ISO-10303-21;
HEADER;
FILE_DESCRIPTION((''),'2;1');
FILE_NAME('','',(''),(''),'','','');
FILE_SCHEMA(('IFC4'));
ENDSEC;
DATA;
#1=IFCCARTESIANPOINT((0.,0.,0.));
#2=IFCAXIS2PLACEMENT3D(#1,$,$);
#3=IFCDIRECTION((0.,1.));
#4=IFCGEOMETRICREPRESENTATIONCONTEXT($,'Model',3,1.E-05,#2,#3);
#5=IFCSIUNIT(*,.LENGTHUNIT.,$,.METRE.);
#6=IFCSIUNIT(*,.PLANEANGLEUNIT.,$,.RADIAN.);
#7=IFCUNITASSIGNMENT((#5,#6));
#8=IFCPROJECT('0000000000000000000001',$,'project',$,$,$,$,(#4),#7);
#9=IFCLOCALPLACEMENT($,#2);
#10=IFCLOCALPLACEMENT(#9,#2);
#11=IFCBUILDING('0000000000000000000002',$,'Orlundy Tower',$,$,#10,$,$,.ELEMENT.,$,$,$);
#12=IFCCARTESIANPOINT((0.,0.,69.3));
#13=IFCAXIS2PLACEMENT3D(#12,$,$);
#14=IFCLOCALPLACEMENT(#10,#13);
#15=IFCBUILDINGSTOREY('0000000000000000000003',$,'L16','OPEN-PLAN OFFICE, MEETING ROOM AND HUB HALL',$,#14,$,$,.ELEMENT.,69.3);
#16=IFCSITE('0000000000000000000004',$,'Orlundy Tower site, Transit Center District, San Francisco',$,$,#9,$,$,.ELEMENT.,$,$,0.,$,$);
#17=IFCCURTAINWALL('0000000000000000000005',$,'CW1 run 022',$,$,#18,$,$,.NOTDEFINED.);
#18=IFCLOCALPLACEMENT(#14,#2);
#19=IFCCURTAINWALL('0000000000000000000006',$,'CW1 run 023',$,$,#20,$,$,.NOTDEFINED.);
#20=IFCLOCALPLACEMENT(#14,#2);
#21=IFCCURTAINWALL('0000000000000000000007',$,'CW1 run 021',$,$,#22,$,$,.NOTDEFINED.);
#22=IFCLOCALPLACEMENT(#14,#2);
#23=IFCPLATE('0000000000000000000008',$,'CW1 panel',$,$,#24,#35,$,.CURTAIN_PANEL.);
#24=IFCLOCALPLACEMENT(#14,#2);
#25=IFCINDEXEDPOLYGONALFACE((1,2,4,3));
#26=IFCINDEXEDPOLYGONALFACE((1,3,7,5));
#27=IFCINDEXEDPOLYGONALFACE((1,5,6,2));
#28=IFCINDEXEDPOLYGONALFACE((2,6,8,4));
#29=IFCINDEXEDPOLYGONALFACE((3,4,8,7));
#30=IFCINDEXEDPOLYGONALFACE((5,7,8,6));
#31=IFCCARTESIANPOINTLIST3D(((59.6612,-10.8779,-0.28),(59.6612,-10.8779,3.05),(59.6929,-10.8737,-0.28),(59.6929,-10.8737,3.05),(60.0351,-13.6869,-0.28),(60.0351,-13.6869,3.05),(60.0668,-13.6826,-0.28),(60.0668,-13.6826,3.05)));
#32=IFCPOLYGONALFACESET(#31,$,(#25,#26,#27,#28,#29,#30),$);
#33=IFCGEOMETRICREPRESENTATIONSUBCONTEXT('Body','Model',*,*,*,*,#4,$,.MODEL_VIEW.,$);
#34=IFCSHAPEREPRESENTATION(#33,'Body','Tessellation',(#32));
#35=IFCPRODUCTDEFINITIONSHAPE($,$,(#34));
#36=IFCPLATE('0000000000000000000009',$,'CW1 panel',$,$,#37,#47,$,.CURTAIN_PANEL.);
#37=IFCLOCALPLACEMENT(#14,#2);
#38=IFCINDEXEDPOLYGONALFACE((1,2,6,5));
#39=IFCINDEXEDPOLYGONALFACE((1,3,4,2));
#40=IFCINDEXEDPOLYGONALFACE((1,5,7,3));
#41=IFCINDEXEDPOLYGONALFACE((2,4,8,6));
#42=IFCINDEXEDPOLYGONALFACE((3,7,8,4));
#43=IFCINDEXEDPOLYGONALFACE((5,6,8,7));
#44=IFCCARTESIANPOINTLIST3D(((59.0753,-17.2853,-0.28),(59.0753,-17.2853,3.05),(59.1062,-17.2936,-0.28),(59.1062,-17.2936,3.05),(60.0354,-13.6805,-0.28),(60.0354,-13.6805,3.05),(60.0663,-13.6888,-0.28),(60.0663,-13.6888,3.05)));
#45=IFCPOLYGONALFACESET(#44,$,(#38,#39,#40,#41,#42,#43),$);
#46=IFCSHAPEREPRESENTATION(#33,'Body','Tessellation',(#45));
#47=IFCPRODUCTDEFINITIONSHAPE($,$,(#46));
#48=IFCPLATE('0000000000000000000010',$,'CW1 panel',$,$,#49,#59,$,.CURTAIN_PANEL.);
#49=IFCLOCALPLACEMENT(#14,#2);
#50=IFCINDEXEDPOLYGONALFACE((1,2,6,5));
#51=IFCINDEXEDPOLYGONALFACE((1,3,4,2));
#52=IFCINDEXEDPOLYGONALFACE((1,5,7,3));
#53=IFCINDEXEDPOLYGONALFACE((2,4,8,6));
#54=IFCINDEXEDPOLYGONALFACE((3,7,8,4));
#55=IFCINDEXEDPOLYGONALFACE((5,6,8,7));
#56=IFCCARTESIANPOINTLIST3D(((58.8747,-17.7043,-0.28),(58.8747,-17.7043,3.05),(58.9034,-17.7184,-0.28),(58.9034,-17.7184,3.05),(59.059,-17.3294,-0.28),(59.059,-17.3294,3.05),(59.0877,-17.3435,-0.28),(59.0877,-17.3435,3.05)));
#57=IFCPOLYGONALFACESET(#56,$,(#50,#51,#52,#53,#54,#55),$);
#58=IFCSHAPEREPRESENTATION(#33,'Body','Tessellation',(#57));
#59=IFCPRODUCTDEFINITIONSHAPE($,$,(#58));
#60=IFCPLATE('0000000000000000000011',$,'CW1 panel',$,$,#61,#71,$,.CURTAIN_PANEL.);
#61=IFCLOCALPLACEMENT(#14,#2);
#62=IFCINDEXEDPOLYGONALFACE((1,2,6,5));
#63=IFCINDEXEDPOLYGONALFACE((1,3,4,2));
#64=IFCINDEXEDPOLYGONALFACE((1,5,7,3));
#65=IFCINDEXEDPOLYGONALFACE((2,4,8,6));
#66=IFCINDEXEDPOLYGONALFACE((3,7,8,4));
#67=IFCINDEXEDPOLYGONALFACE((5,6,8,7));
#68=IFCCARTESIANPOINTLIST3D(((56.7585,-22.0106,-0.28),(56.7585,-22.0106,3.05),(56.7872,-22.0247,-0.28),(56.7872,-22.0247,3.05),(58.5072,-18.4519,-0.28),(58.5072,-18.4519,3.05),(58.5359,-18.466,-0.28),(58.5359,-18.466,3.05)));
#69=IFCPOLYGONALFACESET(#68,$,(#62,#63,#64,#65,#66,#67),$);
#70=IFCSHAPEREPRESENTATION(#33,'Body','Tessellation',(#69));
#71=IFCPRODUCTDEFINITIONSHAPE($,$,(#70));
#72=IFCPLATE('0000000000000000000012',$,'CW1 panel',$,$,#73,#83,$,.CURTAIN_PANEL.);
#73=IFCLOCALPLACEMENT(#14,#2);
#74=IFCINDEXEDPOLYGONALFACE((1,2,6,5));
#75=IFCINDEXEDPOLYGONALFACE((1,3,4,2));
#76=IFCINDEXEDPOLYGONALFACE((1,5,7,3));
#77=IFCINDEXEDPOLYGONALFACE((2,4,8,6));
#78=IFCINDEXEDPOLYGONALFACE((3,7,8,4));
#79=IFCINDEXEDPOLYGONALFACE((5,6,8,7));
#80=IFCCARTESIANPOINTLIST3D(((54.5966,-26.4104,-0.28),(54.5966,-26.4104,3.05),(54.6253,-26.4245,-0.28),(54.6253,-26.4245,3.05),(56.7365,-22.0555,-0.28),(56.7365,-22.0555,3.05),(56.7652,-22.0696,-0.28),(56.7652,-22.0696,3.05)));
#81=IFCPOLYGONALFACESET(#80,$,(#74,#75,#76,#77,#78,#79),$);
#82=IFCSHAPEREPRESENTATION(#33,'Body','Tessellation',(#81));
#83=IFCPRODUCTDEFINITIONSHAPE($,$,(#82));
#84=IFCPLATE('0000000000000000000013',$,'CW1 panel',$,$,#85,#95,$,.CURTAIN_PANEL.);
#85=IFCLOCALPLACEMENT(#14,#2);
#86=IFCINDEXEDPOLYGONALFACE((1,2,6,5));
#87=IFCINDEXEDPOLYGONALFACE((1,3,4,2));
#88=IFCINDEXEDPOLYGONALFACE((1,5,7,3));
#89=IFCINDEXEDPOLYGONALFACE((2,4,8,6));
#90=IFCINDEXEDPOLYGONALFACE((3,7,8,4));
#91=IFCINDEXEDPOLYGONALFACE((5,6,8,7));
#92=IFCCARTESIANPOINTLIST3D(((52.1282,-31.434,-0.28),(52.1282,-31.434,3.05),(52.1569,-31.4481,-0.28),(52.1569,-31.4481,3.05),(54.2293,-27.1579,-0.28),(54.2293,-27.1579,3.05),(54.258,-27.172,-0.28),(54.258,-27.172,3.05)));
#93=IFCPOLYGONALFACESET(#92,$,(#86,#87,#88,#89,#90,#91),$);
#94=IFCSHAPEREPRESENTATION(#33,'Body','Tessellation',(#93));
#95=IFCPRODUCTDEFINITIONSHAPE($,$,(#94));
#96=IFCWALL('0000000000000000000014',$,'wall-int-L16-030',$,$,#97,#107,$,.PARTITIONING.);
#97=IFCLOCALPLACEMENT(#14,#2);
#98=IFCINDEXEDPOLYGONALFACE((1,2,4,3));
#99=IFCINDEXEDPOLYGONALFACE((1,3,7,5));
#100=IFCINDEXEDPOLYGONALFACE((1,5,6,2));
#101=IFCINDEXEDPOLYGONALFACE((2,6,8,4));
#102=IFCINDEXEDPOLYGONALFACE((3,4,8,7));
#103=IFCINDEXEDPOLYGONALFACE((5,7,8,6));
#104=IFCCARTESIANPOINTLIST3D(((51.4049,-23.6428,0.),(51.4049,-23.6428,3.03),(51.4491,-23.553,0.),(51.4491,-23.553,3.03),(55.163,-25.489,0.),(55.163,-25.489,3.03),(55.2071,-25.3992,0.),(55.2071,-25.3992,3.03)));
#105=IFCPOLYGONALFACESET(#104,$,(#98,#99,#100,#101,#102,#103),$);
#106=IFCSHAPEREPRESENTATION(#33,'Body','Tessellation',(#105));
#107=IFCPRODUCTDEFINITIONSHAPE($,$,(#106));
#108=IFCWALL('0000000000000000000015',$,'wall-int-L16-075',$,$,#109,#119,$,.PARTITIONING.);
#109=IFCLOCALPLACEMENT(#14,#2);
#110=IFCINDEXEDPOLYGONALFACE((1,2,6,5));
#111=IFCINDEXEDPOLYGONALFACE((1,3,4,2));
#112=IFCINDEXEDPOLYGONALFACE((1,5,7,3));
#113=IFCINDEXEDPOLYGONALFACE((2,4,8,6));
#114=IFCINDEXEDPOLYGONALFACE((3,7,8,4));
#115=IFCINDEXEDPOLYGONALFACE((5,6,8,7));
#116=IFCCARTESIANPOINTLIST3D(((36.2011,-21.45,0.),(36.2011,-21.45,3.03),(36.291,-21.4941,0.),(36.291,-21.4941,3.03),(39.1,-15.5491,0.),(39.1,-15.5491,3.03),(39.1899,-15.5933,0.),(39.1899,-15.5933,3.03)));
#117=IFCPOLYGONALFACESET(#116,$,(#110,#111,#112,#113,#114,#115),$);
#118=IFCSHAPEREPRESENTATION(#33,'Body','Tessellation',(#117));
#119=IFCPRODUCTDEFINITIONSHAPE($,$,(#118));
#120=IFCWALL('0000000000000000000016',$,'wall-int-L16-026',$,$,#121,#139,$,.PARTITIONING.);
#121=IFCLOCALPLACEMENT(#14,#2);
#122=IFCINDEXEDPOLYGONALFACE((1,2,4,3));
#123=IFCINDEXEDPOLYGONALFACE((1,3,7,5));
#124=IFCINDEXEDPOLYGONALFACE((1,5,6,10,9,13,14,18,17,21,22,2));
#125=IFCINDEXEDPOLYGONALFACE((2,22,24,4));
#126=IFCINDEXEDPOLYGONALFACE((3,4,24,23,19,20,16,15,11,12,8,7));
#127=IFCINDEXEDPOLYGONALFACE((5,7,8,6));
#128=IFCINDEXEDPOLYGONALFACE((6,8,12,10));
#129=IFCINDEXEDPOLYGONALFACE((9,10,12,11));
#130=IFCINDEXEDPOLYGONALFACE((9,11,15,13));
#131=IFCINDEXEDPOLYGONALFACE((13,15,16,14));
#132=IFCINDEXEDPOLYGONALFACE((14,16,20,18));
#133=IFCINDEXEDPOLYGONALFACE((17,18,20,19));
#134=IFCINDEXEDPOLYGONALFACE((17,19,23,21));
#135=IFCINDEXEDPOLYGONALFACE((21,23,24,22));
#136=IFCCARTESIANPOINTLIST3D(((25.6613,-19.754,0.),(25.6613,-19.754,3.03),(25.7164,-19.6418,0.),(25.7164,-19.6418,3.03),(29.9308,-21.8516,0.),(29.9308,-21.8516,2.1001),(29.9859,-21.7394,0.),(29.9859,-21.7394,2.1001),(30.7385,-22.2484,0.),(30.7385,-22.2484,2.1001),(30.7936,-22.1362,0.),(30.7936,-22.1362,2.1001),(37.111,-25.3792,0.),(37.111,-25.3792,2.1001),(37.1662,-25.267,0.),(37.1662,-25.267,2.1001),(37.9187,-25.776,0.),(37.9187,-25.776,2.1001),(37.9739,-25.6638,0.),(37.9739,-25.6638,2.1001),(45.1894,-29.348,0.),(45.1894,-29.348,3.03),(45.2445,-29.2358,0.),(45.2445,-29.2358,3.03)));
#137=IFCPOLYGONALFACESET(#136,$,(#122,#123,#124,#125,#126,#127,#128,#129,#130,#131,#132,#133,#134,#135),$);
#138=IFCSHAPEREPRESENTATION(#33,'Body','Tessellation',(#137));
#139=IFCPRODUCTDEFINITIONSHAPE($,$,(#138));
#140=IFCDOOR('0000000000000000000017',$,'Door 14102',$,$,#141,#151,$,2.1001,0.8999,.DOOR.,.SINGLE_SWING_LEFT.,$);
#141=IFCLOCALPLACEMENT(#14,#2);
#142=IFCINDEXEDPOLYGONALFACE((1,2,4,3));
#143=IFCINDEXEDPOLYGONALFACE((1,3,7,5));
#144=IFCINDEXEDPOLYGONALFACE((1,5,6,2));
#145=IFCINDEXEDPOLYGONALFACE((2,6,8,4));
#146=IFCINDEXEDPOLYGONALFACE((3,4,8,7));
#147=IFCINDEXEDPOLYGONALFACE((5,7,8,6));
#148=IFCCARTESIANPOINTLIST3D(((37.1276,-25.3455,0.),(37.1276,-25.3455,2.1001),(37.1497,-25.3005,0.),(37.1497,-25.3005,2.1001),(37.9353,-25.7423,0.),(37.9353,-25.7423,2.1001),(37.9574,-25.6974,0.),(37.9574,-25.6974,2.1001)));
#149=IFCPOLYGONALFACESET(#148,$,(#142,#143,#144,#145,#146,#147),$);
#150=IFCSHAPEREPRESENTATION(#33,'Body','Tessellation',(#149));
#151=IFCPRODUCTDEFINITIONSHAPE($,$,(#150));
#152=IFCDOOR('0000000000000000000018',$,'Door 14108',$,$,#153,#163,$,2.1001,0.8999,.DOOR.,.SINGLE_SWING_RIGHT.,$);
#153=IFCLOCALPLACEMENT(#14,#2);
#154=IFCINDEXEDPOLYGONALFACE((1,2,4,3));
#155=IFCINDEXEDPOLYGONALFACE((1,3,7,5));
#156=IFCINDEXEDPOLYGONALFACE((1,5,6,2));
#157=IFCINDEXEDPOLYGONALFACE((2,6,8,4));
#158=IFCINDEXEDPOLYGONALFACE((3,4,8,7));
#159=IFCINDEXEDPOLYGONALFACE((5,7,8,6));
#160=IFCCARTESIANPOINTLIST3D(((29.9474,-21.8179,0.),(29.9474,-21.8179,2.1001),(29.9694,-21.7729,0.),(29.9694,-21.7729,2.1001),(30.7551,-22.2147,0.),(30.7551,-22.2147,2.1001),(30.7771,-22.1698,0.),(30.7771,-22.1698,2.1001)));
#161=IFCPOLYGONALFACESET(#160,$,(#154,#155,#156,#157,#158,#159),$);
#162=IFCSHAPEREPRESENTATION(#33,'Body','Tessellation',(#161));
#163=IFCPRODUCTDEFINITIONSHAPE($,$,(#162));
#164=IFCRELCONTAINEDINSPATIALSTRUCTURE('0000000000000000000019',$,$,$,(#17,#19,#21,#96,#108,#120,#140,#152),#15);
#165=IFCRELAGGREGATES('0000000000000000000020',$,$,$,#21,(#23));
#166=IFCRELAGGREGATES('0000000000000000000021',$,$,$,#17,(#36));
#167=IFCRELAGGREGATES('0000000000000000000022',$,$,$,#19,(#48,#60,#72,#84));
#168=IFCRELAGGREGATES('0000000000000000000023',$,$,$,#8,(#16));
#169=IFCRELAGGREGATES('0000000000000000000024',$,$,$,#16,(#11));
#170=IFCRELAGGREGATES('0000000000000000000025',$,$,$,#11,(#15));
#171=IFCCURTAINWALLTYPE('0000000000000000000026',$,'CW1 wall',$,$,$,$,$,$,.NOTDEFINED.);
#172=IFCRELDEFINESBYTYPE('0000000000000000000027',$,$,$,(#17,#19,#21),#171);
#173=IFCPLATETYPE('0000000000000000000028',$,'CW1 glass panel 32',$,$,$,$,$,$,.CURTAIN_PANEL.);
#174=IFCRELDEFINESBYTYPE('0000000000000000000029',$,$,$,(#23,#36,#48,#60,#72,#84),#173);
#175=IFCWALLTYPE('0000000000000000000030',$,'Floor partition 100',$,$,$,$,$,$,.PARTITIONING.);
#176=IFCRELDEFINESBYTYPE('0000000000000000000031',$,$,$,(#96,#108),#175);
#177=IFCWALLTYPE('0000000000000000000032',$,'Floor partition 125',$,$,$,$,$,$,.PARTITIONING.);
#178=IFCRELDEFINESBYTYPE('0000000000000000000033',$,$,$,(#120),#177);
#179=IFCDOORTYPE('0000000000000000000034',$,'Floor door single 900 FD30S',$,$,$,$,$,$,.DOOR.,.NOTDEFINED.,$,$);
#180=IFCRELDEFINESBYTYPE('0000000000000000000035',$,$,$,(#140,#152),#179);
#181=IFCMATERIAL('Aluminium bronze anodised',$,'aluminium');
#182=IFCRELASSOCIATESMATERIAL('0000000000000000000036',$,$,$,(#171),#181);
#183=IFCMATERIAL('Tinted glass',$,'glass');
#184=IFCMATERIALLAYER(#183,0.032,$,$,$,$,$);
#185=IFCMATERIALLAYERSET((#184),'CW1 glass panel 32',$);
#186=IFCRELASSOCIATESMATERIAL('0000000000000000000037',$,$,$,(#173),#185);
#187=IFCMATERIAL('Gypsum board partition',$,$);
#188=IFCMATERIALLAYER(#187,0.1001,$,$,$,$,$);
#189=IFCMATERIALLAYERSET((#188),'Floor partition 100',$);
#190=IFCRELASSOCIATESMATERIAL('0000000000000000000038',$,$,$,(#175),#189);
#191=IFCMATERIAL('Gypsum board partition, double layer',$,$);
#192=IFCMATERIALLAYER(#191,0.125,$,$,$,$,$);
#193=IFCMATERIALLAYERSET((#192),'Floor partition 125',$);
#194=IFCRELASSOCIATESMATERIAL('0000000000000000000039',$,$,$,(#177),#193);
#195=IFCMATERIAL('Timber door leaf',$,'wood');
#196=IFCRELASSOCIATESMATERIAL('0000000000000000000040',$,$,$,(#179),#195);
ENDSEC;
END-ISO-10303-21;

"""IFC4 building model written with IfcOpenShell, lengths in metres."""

from ifc_helpers import new_model, si_unit, direction, frame, frame_2d, origin, origin_2d, place, context, subcontext, project, spatial, rectangle, extrude, material, layer, layer_set, type_object, element, fill, aggregate, save


model = new_model("IFC4")

# Units and contexts
model_context = context("Model", 3, precision=1e-05, world=origin(), true_north=direction((0.0, 1.0)))
body_context = subcontext(model_context, "Body", "Model", "MODEL_VIEW")
ifc_project = project(units=[si_unit("LENGTHUNIT", "METRE"), si_unit("PLANEANGLEUNIT", "RADIAN")], contexts=[model_context])

# Site, building, storey
site_placement = place(None, origin())
site = spatial("IfcSite", under=ifc_project, at=site_placement, Name="Orlundy Tower site, Transit Center District, San Francisco", CompositionType="ELEMENT", RefElevation=0.0)
building_placement = place(site_placement, origin())
building = spatial("IfcBuilding", under=site, at=building_placement, Name="Orlundy Tower", CompositionType="ELEMENT")
storey_placement = place(building_placement, frame((0.0, 0.0, 69.3)))
storey = spatial("IfcBuildingStorey", under=building, at=storey_placement, Name="L16", Description="OPEN-PLAN OFFICE, MEETING ROOM AND HUB HALL", CompositionType="ELEMENT", Elevation=69.3)

# Curtain wall
ifc_material_1 = material(Name="Aluminium bronze anodised", Category="aluminium")
curtain_wall_type = type_object("IfcCurtainWallType", Name="CW1 wall", PredefinedType="NOTDEFINED", material=ifc_material_1)
curtain_wall_1_placement = place(storey_placement, origin())
curtain_wall_1 = element("IfcCurtainWall", 1, at=curtain_wall_1_placement, inside=storey, type_object=curtain_wall_type, Name="CW1 run 022", PredefinedType="NOTDEFINED")

# Curtain wall
curtain_wall_2_placement = place(storey_placement, origin())
curtain_wall_2 = element("IfcCurtainWall", 2, at=curtain_wall_2_placement, inside=storey, type_object=curtain_wall_type, Name="CW1 run 023", PredefinedType="NOTDEFINED")

# Curtain wall, plate
curtain_wall_3_placement = place(storey_placement, origin())
curtain_wall_3 = element("IfcCurtainWall", 3, at=curtain_wall_3_placement, inside=storey, type_object=curtain_wall_type, Name="CW1 run 021", PredefinedType="NOTDEFINED")
ifc_material_2 = material(Name="Tinted glass", Category="glass")
ifc_layer_1 = layer(ifc_material_2, 0.032)
ifc_layer_set_1 = layer_set([ifc_layer_1], Name="CW1 glass panel 32")
plate_type = type_object("IfcPlateType", Name="CW1 glass panel 32", PredefinedType="CURTAIN_PANEL", material=ifc_layer_set_1)
plate_1_placement = place(storey_placement, frame((59.864, -12.2803, -0.28), z_axis=(0.0, 0.0, 1.0), x_axis=(0.131934, -0.991259, 0.0)))
plate_1 = element("IfcPlate", 4, at=plate_1_placement, type_object=plate_type, Name="CW1 panel", PredefinedType="CURTAIN_PANEL", context=body_context, shape_type="SweptSolid", body=[
    extrude(rectangle(XDim=2.8337, YDim=0.032, at=origin_2d()), origin(), (0.0, 0.0, 1.0), 3.3301),
])
aggregate(curtain_wall_3, [plate_1])

# Plates
plate_2_placement = place(storey_placement, frame((59.5708, -15.4871, -0.28), z_axis=(0.0, 0.0, 1.0), x_axis=(-0.25736, -0.966315, 0.0)))
plate_2 = element("IfcPlate", 5, at=plate_2_placement, type_object=plate_type, Name="CW1 panel", PredefinedType="CURTAIN_PANEL", context=body_context, shape_type="SweptSolid", body=[
    extrude(rectangle(XDim=3.7305, YDim=0.032, at=origin_2d()), origin(), (0.0, 0.0, 1.0), 3.3301),
])
aggregate(curtain_wall_1, [plate_2])
plate_3_placement = place(storey_placement, frame((58.9812, -17.5239, -0.28), z_axis=(0.0, 0.0, 1.0), x_axis=(-0.441012, -0.897501, 0.0)))
plate_3 = element("IfcPlate", 6, at=plate_3_placement, type_object=plate_type, Name="CW1 panel", PredefinedType="CURTAIN_PANEL", context=body_context, shape_type="SweptSolid", body=[
    extrude(rectangle(XDim=0.4177, YDim=0.032, at=origin_2d()), origin(), (0.0, 0.0, 1.0), 3.3301),
])
plate_4_placement = place(storey_placement, frame((57.6472, -20.2383, -0.28), z_axis=(0.0, 0.0, 1.0), x_axis=(-0.441012, -0.897501, 0.0)))
plate_4 = element("IfcPlate", 7, at=plate_4_placement, type_object=plate_type, Name="CW1 panel", PredefinedType="CURTAIN_PANEL", context=body_context, shape_type="SweptSolid", body=[
    extrude(rectangle(XDim=3.9651, YDim=0.032, at=origin_2d()), origin(), (0.0, 0.0, 1.0), 3.3301),
])
plate_5_placement = place(storey_placement, frame((55.6809, -24.24, -0.28), z_axis=(0.0, 0.0, 1.0), x_axis=(-0.441012, -0.897501, 0.0)))
plate_5 = element("IfcPlate", 8, at=plate_5_placement, type_object=plate_type, Name="CW1 panel", PredefinedType="CURTAIN_PANEL", context=body_context, shape_type="SweptSolid", body=[
    extrude(rectangle(XDim=4.8523, YDim=0.032, at=origin_2d()), origin(), (0.0, 0.0, 1.0), 3.3301),
])
plate_6_placement = place(storey_placement, frame((53.1931, -29.303, -0.28), z_axis=(0.0, 0.0, 1.0), x_axis=(-0.441012, -0.897501, 0.0)))
plate_6 = element("IfcPlate", 9, at=plate_6_placement, type_object=plate_type, Name="CW1 panel", PredefinedType="CURTAIN_PANEL", context=body_context, shape_type="SweptSolid", body=[
    extrude(rectangle(XDim=4.7644, YDim=0.032, at=origin_2d()), origin(), (0.0, 0.0, 1.0), 3.3301),
])
aggregate(curtain_wall_2, [plate_3, plate_4, plate_5, plate_6])

# Walls
ifc_material_3 = material(Name="Gypsum board partition")
ifc_layer_2 = layer(ifc_material_3, 0.1001)
ifc_layer_set_2 = layer_set([ifc_layer_2], Name="Floor partition 100")
wall_type_1 = type_object("IfcWallType", Name="Floor partition 100", PredefinedType="PARTITIONING", material=ifc_layer_set_2)
wall_1_placement = place(storey_placement, frame((51.427, -23.5979, 0.0), z_axis=(0.0, 0.0, 1.0), x_axis=(0.897542, -0.440929, 0.0)))
element("IfcWall", 10, at=wall_1_placement, inside=storey, type_object=wall_type_1, Name="wall-int-L16-030", PredefinedType="PARTITIONING", context=body_context, shape_type="SweptSolid", body=[
    extrude(rectangle(XDim=4.187, YDim=0.1001, at=frame_2d((2.0935, 0.0))), origin(), (0.0, 0.0, 1.0), 3.03),
])
wall_2_placement = place(storey_placement, frame((36.2461, -21.4719, 0.0), z_axis=(0.0, 0.0, 1.0), x_axis=(0.440934, 0.897539, 0.0)))
element("IfcWall", 11, at=wall_2_placement, inside=storey, type_object=wall_type_1, Name="wall-int-L16-075", PredefinedType="PARTITIONING", context=body_context, shape_type="SweptSolid", body=[
    extrude(rectangle(XDim=6.5745, YDim=0.1001, at=frame_2d((3.2871, 0.0))), origin(), (0.0, 0.0, 1.0), 3.03),
])

# Wall, openings, doors
ifc_material_4 = material(Name="Gypsum board partition, double layer")
ifc_layer_3 = layer(ifc_material_4, 0.125)
ifc_layer_set_3 = layer_set([ifc_layer_3], Name="Floor partition 125")
wall_type_2 = type_object("IfcWallType", Name="Floor partition 125", PredefinedType="PARTITIONING", material=ifc_layer_set_3)
wall_3_placement = place(storey_placement, frame((45.217, -29.292, 0.0), z_axis=(0.0, 0.0, 1.0), x_axis=(-0.897531, 0.44095, 0.0)))
wall_3 = element("IfcWall", 12, at=wall_3_placement, inside=storey, type_object=wall_type_2, Name="wall-int-L16-026", PredefinedType="PARTITIONING", context=body_context, shape_type="SweptSolid", body=[
    extrude(rectangle(XDim=21.7576, YDim=0.125, at=frame_2d((10.8789, 0.0))), origin(), (0.0, 0.0, 1.0), 3.03),
])
opening_1_placement = place(wall_3_placement, frame((8.1008, 0.0, 0.0)))
opening_1 = element("IfcOpeningElement", 13, at=opening_1_placement, cuts=wall_3, PredefinedType="OPENING", context=body_context, shape_type="SweptSolid", body=[
    extrude(rectangle(XDim=0.8999, YDim=2.1001, at=frame_2d((0.45, 1.05))), frame((0.0, 0.0725, 0.0), z_axis=(0.0, -1.0, 0.0), x_axis=(1.0, 0.0, 0.0)), (0.0, 0.0, 1.0), 0.145),
])
opening_2_placement = place(wall_3_placement, frame((16.1008, 0.0, 0.0)))
opening_2 = element("IfcOpeningElement", 14, at=opening_2_placement, cuts=wall_3, PredefinedType="OPENING", context=body_context, shape_type="SweptSolid", body=[
    extrude(rectangle(XDim=0.8999, YDim=2.1001, at=frame_2d((0.45, 1.05))), frame((0.0, 0.0725, 0.0), z_axis=(0.0, -1.0, 0.0), x_axis=(1.0, 0.0, 0.0)), (0.0, 0.0, 1.0), 0.145),
])
ifc_material_5 = material(Name="Timber door leaf", Category="wood")
door_type = type_object("IfcDoorType", Name="Floor door single 900 FD30S", OperationType="NOTDEFINED", PredefinedType="DOOR", material=ifc_material_5)
door_1_placement = place(opening_1_placement, origin())
door_1 = element("IfcDoor", 15, at=door_1_placement, inside=storey, type_object=door_type, Name="Door 14102", OperationType="SINGLE_SWING_LEFT", OverallHeight=2.1001, OverallWidth=0.8999, PredefinedType="DOOR", context=body_context, shape_type="SweptSolid", body=[
    extrude(rectangle(XDim=0.8999, YDim=2.1001, at=frame_2d((0.45, 1.05))), frame((0.0, 0.0249, 0.0), z_axis=(0.0, -1.0, 0.0), x_axis=(1.0, 0.0, 0.0)), (0.0, 0.0, 1.0), 0.05),
])
fill(opening_1, door_1)
door_2_placement = place(opening_2_placement, origin())
door_2 = element("IfcDoor", 16, at=door_2_placement, inside=storey, type_object=door_type, Name="Door 14108", OperationType="SINGLE_SWING_RIGHT", OverallHeight=2.1001, OverallWidth=0.8999, PredefinedType="DOOR", context=body_context, shape_type="SweptSolid", body=[
    extrude(rectangle(XDim=0.8999, YDim=2.1001, at=frame_2d((0.45, 1.05))), frame((0.0, 0.0249, 0.0), z_axis=(0.0, -1.0, 0.0), x_axis=(1.0, 0.0, 0.0)), (0.0, 0.0, 1.0), 0.05),
])
fill(opening_2, door_2)

save(model, "model.ifc")
